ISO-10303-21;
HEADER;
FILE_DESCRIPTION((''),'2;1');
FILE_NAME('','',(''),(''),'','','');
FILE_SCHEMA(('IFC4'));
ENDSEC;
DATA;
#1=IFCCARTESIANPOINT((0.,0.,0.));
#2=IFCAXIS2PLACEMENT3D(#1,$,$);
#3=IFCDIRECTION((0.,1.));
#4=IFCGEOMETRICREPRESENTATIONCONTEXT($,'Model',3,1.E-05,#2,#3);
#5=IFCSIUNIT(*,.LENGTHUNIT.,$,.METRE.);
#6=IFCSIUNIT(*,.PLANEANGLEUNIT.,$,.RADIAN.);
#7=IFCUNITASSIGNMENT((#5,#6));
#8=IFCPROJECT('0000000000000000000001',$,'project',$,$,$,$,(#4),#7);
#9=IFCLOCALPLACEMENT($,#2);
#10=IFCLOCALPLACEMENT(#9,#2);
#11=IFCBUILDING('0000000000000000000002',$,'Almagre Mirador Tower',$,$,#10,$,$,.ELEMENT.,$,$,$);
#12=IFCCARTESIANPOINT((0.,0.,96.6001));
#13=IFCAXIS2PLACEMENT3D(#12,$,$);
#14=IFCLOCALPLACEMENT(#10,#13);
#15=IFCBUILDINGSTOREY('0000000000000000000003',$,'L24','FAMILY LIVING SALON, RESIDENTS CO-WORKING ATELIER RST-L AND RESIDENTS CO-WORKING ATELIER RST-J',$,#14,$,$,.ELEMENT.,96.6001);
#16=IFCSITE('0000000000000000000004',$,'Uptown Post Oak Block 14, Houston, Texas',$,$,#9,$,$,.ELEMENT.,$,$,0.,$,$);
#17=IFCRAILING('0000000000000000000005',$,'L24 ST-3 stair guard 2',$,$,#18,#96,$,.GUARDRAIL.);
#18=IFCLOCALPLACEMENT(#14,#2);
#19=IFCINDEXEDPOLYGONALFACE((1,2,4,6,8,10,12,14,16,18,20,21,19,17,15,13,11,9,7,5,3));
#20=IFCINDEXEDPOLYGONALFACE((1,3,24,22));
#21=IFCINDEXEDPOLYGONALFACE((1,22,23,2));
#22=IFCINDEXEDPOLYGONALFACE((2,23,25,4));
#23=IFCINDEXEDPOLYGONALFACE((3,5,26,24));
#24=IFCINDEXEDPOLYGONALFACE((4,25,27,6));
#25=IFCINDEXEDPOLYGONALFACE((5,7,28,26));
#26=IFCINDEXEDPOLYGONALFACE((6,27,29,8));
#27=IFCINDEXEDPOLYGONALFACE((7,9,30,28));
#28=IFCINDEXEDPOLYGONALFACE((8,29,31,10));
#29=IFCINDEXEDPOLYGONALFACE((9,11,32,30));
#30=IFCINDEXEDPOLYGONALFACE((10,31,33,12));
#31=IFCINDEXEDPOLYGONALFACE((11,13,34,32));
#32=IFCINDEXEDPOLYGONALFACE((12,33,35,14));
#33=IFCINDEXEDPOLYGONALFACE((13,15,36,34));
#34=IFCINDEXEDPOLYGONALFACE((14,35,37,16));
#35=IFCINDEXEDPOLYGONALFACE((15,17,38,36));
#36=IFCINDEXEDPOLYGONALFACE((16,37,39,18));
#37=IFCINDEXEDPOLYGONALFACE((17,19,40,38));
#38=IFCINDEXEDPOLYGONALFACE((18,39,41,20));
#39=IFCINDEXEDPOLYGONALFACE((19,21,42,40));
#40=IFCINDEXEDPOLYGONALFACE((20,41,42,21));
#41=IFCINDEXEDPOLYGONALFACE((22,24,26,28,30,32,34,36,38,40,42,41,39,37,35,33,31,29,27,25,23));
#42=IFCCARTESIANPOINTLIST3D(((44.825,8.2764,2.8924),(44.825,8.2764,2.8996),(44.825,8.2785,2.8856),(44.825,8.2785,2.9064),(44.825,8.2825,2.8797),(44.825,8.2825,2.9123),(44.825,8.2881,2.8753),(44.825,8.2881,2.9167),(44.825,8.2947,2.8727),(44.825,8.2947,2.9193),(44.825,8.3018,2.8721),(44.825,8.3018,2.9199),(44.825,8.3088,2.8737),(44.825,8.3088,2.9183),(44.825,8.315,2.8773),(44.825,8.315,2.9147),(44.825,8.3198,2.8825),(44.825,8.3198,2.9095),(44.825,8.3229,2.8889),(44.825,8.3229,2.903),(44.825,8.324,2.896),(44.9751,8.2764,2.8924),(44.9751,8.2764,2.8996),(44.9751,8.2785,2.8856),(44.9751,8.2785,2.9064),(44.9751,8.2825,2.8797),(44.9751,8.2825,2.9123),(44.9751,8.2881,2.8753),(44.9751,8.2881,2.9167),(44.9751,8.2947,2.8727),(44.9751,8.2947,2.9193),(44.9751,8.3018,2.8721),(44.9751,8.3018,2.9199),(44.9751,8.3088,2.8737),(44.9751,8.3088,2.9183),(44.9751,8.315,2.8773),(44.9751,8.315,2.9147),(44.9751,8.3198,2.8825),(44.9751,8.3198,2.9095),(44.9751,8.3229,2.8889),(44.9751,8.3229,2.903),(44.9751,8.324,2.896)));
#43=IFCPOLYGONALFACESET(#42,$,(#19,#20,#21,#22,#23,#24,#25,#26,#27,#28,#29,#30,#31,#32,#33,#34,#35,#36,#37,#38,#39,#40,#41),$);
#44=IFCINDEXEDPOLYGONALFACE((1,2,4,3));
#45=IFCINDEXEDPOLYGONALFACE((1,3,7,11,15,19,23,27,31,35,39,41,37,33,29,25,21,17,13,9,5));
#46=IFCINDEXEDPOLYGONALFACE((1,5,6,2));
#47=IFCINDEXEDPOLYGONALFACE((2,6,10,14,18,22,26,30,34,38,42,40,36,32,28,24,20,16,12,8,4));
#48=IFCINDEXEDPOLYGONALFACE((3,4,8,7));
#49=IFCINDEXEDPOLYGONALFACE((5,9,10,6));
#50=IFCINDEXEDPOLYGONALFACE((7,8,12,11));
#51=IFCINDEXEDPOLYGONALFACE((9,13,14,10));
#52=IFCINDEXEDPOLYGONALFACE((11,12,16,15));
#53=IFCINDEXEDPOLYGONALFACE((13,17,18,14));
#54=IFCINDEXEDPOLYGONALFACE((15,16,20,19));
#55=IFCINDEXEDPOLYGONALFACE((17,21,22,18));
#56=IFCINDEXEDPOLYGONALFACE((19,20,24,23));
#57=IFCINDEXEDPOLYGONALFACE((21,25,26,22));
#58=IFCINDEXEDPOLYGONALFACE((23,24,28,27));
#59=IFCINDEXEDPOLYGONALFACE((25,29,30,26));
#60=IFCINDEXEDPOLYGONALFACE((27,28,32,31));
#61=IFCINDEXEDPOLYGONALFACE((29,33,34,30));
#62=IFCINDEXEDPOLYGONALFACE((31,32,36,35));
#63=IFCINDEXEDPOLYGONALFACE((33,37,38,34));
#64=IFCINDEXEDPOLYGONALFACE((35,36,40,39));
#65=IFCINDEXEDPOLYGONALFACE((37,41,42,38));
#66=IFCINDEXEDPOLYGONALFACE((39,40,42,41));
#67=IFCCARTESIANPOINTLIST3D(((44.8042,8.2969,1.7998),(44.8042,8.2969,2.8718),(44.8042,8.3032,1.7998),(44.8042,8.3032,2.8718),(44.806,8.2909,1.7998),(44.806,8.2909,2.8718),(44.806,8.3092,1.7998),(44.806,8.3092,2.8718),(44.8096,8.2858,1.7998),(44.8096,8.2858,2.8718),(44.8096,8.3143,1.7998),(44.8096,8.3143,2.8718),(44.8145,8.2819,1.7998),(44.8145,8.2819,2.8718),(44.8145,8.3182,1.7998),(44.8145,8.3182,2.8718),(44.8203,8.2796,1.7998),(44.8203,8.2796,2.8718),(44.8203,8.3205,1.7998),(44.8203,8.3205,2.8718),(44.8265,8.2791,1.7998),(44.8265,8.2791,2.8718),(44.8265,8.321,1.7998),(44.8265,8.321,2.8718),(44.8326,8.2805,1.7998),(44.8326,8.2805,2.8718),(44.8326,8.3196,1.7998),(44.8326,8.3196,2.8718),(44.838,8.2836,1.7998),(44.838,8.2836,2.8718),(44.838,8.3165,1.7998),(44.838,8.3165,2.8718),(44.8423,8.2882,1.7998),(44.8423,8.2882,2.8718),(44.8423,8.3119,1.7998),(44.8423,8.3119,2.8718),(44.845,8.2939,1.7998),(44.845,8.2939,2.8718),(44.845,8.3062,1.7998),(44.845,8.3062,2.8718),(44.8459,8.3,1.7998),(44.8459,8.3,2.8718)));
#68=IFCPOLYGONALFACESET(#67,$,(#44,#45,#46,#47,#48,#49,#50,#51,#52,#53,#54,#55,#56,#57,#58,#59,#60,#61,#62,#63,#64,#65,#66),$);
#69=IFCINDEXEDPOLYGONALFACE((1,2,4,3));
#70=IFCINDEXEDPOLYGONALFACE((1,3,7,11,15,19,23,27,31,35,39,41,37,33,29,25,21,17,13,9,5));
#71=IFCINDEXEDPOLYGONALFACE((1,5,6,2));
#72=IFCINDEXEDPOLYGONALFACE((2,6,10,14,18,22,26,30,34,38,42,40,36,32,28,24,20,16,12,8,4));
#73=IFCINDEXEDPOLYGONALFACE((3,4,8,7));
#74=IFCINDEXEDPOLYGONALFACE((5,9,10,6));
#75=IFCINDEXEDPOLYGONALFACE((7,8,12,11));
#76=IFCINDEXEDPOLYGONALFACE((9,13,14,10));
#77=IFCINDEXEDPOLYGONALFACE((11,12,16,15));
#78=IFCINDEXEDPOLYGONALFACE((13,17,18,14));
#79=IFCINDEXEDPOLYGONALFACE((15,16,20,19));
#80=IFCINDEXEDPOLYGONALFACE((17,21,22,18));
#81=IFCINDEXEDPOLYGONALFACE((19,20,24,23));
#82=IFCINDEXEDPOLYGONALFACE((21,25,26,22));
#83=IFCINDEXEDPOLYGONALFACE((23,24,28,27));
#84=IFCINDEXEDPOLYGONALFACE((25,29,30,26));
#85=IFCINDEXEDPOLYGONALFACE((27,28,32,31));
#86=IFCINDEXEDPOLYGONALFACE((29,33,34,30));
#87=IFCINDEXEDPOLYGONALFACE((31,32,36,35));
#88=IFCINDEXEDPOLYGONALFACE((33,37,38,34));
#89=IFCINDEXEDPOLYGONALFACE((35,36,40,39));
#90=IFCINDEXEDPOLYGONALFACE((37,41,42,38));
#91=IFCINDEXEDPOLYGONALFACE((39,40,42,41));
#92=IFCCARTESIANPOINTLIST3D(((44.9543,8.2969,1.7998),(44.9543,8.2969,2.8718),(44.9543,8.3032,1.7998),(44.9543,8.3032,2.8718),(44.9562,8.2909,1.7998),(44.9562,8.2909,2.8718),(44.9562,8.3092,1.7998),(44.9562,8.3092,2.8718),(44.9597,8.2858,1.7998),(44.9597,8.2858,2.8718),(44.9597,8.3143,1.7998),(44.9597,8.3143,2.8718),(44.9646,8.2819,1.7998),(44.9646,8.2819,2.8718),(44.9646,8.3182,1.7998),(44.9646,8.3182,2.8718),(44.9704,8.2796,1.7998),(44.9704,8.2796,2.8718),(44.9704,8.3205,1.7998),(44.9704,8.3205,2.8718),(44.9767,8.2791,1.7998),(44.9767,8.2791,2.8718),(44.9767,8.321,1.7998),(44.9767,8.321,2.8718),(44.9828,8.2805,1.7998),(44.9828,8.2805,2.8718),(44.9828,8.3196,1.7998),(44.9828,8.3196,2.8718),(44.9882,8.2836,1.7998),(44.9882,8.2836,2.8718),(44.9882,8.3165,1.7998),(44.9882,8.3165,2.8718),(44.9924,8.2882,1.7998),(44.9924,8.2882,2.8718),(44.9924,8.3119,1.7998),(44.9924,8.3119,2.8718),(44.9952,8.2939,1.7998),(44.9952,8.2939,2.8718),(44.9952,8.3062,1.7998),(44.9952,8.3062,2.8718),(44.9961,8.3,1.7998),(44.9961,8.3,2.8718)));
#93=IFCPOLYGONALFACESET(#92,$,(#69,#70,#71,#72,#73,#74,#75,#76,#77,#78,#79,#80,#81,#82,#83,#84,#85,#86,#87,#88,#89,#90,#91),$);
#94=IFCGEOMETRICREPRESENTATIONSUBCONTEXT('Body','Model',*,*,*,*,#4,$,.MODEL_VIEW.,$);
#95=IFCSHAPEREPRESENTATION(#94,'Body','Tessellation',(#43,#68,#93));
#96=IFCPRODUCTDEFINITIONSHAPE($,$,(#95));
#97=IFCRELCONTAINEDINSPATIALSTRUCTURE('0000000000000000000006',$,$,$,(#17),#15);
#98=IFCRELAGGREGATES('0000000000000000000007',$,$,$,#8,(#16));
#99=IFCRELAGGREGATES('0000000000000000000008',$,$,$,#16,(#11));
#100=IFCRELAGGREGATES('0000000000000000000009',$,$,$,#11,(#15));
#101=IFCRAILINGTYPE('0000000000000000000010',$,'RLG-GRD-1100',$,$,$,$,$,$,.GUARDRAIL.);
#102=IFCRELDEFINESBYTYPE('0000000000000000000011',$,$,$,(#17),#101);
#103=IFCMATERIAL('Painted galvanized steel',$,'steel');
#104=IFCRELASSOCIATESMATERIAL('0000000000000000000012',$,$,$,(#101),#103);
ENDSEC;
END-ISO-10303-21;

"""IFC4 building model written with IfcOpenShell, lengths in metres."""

from ifc_helpers import new_model, si_unit, direction, frame, origin, origin_2d, place, context, subcontext, project, spatial, circle, extrude, material, type_object, element, save


model = new_model("IFC4")

# Units and contexts
model_context = context("Model", 3, precision=1e-05, world=origin(), true_north=direction((0.0, 1.0)))
body_context = subcontext(model_context, "Body", "Model", "MODEL_VIEW")
ifc_project = project(units=[si_unit("LENGTHUNIT", "METRE"), si_unit("PLANEANGLEUNIT", "RADIAN")], contexts=[model_context])

# Site, building, storey
site_placement = place(None, origin())
site = spatial("IfcSite", under=ifc_project, at=site_placement, Name="Uptown Post Oak Block 14, Houston, Texas", CompositionType="ELEMENT", RefElevation=0.0)
building_placement = place(site_placement, origin())
building = spatial("IfcBuilding", under=site, at=building_placement, Name="Almagre Mirador Tower", CompositionType="ELEMENT")
storey_placement = place(building_placement, frame((0.0, 0.0, 96.6001)))
storey = spatial("IfcBuildingStorey", under=building, at=storey_placement, Name="L24", Description="FAMILY LIVING SALON, RESIDENTS CO-WORKING ATELIER RST-L AND RESIDENTS CO-WORKING ATELIER RST-J", CompositionType="ELEMENT", Elevation=96.6001)

# Railing
ifc_material_1 = material(Name="Painted galvanized steel", Category="steel")
railing_type_1 = type_object("IfcRailingType", Name="RLG-GRD-1100", PredefinedType="GUARDRAIL", material=ifc_material_1)
railing_1_placement = place(storey_placement, frame((44.825, 8.3, 1.7998)))
element("IfcRailing", 1, at=railing_1_placement, inside=storey, type_object=railing_type_1, Name="L24 ST-3 stair guard 2", PredefinedType="GUARDRAIL", context=body_context, shape_type="SweptSolid", body=[
    extrude(circle(Radius=0.0239, at=origin_2d()), frame((0.0, 0.0, 1.0962), z_axis=(1.0, 0.0, 0.0), x_axis=(0.0, 1.0, 0.0)), (0.0, 0.0, 1.0), 0.1501),
    extrude(circle(Radius=0.021, at=origin_2d()), origin(), (0.0, 0.0, 1.0), 1.072),
    extrude(circle(Radius=0.021, at=origin_2d()), frame((0.1501, 0.0, 0.0)), (0.0, 0.0, 1.0), 1.072),
])

save(model, "model.ifc")
